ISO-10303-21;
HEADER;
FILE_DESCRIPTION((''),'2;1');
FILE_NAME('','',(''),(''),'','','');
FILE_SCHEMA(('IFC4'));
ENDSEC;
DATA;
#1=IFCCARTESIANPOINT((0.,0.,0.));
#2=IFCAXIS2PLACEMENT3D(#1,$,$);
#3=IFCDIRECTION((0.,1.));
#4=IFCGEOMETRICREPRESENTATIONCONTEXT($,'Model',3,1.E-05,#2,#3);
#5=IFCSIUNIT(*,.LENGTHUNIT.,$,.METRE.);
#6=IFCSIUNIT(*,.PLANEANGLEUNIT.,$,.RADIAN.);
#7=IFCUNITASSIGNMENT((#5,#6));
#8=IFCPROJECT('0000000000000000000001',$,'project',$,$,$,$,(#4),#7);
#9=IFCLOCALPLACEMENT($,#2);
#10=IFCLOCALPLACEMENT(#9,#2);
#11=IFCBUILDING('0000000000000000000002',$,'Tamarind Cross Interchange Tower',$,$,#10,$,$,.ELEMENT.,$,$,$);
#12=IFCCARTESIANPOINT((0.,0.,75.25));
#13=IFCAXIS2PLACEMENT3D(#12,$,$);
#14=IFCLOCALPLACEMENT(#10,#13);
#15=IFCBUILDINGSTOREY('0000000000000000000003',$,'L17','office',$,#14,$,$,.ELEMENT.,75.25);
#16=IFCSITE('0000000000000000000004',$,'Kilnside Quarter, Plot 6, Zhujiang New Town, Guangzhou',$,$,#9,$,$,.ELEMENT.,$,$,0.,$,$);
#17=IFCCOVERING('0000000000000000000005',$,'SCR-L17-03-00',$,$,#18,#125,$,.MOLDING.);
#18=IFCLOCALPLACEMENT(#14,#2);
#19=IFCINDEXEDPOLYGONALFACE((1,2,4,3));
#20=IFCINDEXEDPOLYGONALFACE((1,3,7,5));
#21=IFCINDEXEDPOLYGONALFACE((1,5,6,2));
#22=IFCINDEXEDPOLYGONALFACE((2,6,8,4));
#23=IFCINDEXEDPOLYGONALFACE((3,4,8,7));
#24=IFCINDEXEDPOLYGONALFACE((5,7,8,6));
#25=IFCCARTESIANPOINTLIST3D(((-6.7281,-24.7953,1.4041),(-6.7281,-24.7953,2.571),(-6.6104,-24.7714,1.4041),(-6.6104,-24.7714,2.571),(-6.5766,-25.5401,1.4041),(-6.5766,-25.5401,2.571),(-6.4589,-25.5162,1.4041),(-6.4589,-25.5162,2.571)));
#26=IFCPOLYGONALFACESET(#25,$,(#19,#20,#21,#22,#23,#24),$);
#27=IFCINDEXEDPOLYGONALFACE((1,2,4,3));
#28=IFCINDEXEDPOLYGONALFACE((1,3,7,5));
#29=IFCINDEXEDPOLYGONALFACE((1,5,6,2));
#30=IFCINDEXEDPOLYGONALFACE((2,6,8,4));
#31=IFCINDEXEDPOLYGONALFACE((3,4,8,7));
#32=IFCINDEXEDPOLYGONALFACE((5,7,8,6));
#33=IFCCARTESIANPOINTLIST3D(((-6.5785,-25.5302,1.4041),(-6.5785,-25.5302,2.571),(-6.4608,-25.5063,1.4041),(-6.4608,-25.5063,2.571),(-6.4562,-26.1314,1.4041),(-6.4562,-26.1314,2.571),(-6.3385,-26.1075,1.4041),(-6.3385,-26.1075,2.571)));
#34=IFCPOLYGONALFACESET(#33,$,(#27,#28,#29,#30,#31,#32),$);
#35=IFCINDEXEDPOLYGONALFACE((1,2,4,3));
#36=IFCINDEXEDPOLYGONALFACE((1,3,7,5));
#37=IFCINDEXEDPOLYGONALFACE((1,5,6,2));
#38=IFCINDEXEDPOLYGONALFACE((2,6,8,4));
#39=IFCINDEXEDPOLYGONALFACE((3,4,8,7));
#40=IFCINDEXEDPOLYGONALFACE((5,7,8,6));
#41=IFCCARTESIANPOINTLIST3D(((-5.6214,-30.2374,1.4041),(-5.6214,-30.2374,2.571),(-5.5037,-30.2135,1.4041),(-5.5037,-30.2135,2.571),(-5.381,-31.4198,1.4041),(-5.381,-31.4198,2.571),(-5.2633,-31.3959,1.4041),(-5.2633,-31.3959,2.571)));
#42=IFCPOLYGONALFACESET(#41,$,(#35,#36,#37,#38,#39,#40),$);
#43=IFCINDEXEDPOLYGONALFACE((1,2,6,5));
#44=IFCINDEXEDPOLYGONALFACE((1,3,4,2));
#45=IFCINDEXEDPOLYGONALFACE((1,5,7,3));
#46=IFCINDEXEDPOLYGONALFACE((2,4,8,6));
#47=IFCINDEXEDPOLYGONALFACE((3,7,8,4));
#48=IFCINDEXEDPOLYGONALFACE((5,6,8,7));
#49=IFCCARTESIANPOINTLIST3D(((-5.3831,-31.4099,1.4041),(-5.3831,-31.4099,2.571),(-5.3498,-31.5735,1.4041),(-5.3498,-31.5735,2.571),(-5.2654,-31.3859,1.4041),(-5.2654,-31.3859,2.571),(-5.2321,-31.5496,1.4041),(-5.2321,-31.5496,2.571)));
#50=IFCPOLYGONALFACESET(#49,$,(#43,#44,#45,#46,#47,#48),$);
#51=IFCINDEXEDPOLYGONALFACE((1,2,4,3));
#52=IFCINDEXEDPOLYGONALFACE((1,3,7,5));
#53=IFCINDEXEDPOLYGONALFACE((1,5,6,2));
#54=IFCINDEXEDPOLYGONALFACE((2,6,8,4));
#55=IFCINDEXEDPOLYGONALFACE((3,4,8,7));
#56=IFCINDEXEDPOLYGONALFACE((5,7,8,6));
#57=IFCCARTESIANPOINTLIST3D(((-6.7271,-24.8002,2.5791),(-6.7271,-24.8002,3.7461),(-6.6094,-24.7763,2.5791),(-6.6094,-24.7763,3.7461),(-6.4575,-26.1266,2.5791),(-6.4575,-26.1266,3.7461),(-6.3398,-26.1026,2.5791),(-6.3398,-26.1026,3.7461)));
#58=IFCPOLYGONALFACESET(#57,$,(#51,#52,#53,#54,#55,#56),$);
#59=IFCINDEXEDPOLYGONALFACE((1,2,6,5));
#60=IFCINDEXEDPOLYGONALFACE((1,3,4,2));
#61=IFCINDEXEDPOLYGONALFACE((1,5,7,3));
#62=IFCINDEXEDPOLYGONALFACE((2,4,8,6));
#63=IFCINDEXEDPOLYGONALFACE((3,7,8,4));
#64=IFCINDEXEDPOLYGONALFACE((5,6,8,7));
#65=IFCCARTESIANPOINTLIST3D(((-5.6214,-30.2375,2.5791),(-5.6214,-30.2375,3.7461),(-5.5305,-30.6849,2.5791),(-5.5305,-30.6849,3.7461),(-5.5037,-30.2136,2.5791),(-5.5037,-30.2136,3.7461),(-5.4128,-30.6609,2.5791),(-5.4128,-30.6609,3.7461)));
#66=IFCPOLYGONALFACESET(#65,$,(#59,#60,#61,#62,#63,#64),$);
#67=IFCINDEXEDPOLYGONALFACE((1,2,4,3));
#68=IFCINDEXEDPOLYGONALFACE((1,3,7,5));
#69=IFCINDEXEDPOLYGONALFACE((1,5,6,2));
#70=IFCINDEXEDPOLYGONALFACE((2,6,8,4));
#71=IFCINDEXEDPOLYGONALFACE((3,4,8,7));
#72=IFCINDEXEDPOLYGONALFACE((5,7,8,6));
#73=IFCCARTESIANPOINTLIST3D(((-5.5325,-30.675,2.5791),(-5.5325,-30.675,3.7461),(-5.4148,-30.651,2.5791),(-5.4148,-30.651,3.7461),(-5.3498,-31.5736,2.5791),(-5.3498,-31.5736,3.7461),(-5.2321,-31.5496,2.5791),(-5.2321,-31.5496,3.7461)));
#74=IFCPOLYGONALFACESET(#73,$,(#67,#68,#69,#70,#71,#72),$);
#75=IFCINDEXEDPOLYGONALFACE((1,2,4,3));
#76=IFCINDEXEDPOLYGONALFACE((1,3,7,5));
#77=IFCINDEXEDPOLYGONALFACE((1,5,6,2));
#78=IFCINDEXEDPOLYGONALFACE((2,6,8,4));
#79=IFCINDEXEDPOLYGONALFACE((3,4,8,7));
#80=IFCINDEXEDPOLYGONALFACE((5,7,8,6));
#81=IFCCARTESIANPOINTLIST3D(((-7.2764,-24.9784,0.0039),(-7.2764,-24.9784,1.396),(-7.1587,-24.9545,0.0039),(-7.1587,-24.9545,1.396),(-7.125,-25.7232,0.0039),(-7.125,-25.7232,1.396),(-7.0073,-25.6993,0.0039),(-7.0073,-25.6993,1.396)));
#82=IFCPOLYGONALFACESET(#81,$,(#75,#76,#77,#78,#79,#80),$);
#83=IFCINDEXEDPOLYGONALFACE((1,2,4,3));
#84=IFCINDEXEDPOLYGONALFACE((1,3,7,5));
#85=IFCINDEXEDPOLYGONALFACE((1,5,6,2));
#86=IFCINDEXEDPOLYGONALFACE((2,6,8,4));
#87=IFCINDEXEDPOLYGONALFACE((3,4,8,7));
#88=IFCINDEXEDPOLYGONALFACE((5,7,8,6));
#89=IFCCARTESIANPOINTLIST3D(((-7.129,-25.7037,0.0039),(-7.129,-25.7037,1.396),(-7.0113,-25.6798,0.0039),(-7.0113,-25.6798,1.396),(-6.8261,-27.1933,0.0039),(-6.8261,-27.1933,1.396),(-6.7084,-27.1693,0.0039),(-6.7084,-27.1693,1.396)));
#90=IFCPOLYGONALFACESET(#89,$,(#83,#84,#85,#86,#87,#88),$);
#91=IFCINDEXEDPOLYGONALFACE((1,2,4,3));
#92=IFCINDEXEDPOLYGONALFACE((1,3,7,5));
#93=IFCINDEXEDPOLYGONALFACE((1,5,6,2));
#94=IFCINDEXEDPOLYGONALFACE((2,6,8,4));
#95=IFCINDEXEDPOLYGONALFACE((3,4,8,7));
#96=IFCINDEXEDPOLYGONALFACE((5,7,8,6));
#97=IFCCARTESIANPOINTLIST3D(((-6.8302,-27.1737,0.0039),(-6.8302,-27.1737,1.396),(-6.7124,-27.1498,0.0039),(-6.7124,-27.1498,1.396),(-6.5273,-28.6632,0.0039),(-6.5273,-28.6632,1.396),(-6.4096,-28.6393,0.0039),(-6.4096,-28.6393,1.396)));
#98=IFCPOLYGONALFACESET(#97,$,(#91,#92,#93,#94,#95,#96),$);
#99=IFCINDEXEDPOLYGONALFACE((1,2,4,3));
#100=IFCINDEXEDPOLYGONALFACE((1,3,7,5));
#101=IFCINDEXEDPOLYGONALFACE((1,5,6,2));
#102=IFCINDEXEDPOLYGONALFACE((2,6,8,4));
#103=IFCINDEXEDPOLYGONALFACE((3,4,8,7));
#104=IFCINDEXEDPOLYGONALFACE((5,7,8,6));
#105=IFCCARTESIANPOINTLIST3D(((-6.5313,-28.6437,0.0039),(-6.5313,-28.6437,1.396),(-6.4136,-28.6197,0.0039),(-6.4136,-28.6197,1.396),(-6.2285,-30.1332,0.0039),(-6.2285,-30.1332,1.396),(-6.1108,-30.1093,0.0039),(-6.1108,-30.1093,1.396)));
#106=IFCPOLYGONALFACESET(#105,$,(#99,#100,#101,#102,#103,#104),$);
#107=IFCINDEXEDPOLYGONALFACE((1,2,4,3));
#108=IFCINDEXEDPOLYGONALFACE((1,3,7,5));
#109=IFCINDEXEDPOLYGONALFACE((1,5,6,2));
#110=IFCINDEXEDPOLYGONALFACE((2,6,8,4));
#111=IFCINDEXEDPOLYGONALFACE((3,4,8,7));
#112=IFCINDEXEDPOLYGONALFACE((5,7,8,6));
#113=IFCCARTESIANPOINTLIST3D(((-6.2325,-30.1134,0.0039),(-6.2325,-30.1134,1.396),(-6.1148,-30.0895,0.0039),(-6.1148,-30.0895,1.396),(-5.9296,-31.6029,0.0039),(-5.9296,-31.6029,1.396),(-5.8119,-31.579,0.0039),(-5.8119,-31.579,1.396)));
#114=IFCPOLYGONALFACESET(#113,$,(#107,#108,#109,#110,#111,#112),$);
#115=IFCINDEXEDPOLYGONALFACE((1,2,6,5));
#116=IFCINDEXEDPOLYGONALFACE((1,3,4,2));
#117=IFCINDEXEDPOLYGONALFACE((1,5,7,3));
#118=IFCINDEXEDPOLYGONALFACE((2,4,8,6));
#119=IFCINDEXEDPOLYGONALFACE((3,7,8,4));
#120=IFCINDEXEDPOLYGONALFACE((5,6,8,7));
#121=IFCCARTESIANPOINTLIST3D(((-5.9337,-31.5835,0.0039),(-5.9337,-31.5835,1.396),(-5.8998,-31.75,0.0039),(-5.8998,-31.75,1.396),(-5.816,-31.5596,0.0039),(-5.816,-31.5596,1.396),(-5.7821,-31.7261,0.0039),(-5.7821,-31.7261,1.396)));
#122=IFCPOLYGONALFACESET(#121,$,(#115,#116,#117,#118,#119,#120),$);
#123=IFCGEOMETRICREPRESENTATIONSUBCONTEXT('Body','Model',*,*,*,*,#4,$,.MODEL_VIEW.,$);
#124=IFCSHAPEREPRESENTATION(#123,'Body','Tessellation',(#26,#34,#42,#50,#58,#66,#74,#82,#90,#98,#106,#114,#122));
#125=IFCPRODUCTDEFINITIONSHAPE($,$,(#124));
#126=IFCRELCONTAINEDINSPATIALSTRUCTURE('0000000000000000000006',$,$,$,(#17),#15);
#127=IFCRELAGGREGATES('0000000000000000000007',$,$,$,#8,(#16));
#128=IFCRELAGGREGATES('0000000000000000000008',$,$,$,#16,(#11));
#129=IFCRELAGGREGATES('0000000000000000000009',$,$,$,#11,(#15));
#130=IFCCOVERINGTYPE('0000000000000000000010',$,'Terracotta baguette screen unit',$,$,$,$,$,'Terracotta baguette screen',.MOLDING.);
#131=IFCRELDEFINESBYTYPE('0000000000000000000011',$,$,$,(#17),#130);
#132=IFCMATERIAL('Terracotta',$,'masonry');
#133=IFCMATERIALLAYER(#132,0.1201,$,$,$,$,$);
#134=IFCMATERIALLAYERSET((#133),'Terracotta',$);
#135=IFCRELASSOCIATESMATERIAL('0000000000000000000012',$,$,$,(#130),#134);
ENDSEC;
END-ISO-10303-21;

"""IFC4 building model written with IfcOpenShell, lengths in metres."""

from ifc_helpers import new_model, si_unit, direction, frame, origin, origin_2d, place, context, subcontext, project, spatial, rectangle, extrude, material, layer, layer_set, type_object, element, save


model = new_model("IFC4")

# Units and contexts
model_context = context("Model", 3, precision=1e-05, world=origin(), true_north=direction((0.0, 1.0)))
body_context = subcontext(model_context, "Body", "Model", "MODEL_VIEW")
ifc_project = project(units=[si_unit("LENGTHUNIT", "METRE"), si_unit("PLANEANGLEUNIT", "RADIAN")], contexts=[model_context])

# Site, building, storey
site_placement = place(None, origin())
site = spatial("IfcSite", under=ifc_project, at=site_placement, Name="Kilnside Quarter, Plot 6, Zhujiang New Town, Guangzhou", CompositionType="ELEMENT", RefElevation=0.0)
building_placement = place(site_placement, origin())
building = spatial("IfcBuilding", under=site, at=building_placement, Name="Tamarind Cross Interchange Tower", CompositionType="ELEMENT")
storey_placement = place(building_placement, frame((0.0, 0.0, 75.25)))
storey = spatial("IfcBuildingStorey", under=building, at=storey_placement, Name="L17", Description="office", CompositionType="ELEMENT", Elevation=75.25)

# Covering
ifc_material_1 = material(Name="Terracotta", Category="masonry")
ifc_layer_1 = layer(ifc_material_1, 0.1201)
ifc_layer_set_1 = layer_set([ifc_layer_1], Name="Terracotta")
covering_type = type_object("IfcCoveringType", Name="Terracotta baguette screen unit", ElementType="Terracotta baguette screen", PredefinedType="MOLDING", material=ifc_layer_set_1)
covering_1_placement = place(storey_placement, origin())
element("IfcCovering", 1, at=covering_1_placement, inside=storey, type_object=covering_type, Name="SCR-L17-03-00", PredefinedType="MOLDING", context=body_context, shape_type="SweptSolid", body=[
    extrude(rectangle(XDim=0.76, YDim=0.1201, at=origin_2d()), frame((-6.5935, -25.1558, 1.4041), z_axis=(0.0, 0.0, 1.0), x_axis=(0.199245, -0.97995, 0.0)), (0.0, 0.0, 1.0), 1.167),
    extrude(rectangle(XDim=0.6135, YDim=0.1201, at=origin_2d()), frame((-6.4585, -25.8188, 1.4041), z_axis=(0.0, 0.0, 1.0), x_axis=(0.199245, -0.97995, 0.0)), (0.0, 0.0, 1.0), 1.167),
    extrude(rectangle(XDim=1.2065, YDim=0.1201, at=origin_2d()), frame((-5.4424, -30.8167, 1.4041), z_axis=(0.0, 0.0, 1.0), x_axis=(0.199245, -0.97995, 0.0)), (0.0, 0.0, 1.0), 1.167),
    extrude(rectangle(XDim=0.167, YDim=0.1201, at=origin_2d()), frame((-5.3076, -31.4797, 1.4041), z_axis=(0.0, 0.0, 1.0), x_axis=(0.199245, -0.97995, 0.0)), (0.0, 0.0, 1.0), 1.167),
    extrude(rectangle(XDim=1.3535, YDim=0.1201, at=origin_2d()), frame((-6.5334, -25.4514, 2.5791), z_axis=(0.0, 0.0, 1.0), x_axis=(0.199245, -0.97995, 0.0)), (0.0, 0.0, 1.0), 1.167),
    extrude(rectangle(XDim=0.4565, YDim=0.1201, at=origin_2d()), frame((-5.5171, -30.4492, 2.5791), z_axis=(0.0, 0.0, 1.0), x_axis=(0.199245, -0.97995, 0.0)), (0.0, 0.0, 1.0), 1.167),
    extrude(rectangle(XDim=0.917, YDim=0.1201, at=origin_2d()), frame((-5.3823, -31.1123, 2.5791), z_axis=(0.0, 0.0, 1.0), x_axis=(0.199245, -0.97995, 0.0)), (0.0, 0.0, 1.0), 1.167),
    extrude(rectangle(XDim=0.76, YDim=0.1201, at=origin_2d()), frame((-7.1418, -25.3389, 0.0039), z_axis=(0.0, 0.0, 1.0), x_axis=(0.199245, -0.97995, 0.0)), (0.0, 0.0, 1.0), 1.3921),
    extrude(rectangle(XDim=1.52, YDim=0.1201, at=origin_2d()), frame((-6.9187, -26.4365, 0.0039), z_axis=(0.0, 0.0, 1.0), x_axis=(0.199245, -0.97995, 0.0)), (0.0, 0.0, 1.0), 1.3921),
    extrude(rectangle(XDim=1.52, YDim=0.1201, at=origin_2d()), frame((-6.6199, -27.9065, 0.0039), z_axis=(0.0, 0.0, 1.0), x_axis=(0.199245, -0.97995, 0.0)), (0.0, 0.0, 1.0), 1.3921),
    extrude(rectangle(XDim=1.52, YDim=0.1201, at=origin_2d()), frame((-6.321, -29.3765, 0.0039), z_axis=(0.0, 0.0, 1.0), x_axis=(0.199245, -0.97995, 0.0)), (0.0, 0.0, 1.0), 1.3921),
    extrude(rectangle(XDim=1.52, YDim=0.1201, at=origin_2d()), frame((-6.0222, -30.8462, 0.0039), z_axis=(0.0, 0.0, 1.0), x_axis=(0.199245, -0.97995, 0.0)), (0.0, 0.0, 1.0), 1.3921),
    extrude(rectangle(XDim=0.1699, YDim=0.1201, at=origin_2d()), frame((-5.8579, -31.6548, 0.0039), z_axis=(0.0, 0.0, 1.0), x_axis=(0.199245, -0.97995, 0.0)), (0.0, 0.0, 1.0), 1.3921),
])

save(model, "model.ifc")
